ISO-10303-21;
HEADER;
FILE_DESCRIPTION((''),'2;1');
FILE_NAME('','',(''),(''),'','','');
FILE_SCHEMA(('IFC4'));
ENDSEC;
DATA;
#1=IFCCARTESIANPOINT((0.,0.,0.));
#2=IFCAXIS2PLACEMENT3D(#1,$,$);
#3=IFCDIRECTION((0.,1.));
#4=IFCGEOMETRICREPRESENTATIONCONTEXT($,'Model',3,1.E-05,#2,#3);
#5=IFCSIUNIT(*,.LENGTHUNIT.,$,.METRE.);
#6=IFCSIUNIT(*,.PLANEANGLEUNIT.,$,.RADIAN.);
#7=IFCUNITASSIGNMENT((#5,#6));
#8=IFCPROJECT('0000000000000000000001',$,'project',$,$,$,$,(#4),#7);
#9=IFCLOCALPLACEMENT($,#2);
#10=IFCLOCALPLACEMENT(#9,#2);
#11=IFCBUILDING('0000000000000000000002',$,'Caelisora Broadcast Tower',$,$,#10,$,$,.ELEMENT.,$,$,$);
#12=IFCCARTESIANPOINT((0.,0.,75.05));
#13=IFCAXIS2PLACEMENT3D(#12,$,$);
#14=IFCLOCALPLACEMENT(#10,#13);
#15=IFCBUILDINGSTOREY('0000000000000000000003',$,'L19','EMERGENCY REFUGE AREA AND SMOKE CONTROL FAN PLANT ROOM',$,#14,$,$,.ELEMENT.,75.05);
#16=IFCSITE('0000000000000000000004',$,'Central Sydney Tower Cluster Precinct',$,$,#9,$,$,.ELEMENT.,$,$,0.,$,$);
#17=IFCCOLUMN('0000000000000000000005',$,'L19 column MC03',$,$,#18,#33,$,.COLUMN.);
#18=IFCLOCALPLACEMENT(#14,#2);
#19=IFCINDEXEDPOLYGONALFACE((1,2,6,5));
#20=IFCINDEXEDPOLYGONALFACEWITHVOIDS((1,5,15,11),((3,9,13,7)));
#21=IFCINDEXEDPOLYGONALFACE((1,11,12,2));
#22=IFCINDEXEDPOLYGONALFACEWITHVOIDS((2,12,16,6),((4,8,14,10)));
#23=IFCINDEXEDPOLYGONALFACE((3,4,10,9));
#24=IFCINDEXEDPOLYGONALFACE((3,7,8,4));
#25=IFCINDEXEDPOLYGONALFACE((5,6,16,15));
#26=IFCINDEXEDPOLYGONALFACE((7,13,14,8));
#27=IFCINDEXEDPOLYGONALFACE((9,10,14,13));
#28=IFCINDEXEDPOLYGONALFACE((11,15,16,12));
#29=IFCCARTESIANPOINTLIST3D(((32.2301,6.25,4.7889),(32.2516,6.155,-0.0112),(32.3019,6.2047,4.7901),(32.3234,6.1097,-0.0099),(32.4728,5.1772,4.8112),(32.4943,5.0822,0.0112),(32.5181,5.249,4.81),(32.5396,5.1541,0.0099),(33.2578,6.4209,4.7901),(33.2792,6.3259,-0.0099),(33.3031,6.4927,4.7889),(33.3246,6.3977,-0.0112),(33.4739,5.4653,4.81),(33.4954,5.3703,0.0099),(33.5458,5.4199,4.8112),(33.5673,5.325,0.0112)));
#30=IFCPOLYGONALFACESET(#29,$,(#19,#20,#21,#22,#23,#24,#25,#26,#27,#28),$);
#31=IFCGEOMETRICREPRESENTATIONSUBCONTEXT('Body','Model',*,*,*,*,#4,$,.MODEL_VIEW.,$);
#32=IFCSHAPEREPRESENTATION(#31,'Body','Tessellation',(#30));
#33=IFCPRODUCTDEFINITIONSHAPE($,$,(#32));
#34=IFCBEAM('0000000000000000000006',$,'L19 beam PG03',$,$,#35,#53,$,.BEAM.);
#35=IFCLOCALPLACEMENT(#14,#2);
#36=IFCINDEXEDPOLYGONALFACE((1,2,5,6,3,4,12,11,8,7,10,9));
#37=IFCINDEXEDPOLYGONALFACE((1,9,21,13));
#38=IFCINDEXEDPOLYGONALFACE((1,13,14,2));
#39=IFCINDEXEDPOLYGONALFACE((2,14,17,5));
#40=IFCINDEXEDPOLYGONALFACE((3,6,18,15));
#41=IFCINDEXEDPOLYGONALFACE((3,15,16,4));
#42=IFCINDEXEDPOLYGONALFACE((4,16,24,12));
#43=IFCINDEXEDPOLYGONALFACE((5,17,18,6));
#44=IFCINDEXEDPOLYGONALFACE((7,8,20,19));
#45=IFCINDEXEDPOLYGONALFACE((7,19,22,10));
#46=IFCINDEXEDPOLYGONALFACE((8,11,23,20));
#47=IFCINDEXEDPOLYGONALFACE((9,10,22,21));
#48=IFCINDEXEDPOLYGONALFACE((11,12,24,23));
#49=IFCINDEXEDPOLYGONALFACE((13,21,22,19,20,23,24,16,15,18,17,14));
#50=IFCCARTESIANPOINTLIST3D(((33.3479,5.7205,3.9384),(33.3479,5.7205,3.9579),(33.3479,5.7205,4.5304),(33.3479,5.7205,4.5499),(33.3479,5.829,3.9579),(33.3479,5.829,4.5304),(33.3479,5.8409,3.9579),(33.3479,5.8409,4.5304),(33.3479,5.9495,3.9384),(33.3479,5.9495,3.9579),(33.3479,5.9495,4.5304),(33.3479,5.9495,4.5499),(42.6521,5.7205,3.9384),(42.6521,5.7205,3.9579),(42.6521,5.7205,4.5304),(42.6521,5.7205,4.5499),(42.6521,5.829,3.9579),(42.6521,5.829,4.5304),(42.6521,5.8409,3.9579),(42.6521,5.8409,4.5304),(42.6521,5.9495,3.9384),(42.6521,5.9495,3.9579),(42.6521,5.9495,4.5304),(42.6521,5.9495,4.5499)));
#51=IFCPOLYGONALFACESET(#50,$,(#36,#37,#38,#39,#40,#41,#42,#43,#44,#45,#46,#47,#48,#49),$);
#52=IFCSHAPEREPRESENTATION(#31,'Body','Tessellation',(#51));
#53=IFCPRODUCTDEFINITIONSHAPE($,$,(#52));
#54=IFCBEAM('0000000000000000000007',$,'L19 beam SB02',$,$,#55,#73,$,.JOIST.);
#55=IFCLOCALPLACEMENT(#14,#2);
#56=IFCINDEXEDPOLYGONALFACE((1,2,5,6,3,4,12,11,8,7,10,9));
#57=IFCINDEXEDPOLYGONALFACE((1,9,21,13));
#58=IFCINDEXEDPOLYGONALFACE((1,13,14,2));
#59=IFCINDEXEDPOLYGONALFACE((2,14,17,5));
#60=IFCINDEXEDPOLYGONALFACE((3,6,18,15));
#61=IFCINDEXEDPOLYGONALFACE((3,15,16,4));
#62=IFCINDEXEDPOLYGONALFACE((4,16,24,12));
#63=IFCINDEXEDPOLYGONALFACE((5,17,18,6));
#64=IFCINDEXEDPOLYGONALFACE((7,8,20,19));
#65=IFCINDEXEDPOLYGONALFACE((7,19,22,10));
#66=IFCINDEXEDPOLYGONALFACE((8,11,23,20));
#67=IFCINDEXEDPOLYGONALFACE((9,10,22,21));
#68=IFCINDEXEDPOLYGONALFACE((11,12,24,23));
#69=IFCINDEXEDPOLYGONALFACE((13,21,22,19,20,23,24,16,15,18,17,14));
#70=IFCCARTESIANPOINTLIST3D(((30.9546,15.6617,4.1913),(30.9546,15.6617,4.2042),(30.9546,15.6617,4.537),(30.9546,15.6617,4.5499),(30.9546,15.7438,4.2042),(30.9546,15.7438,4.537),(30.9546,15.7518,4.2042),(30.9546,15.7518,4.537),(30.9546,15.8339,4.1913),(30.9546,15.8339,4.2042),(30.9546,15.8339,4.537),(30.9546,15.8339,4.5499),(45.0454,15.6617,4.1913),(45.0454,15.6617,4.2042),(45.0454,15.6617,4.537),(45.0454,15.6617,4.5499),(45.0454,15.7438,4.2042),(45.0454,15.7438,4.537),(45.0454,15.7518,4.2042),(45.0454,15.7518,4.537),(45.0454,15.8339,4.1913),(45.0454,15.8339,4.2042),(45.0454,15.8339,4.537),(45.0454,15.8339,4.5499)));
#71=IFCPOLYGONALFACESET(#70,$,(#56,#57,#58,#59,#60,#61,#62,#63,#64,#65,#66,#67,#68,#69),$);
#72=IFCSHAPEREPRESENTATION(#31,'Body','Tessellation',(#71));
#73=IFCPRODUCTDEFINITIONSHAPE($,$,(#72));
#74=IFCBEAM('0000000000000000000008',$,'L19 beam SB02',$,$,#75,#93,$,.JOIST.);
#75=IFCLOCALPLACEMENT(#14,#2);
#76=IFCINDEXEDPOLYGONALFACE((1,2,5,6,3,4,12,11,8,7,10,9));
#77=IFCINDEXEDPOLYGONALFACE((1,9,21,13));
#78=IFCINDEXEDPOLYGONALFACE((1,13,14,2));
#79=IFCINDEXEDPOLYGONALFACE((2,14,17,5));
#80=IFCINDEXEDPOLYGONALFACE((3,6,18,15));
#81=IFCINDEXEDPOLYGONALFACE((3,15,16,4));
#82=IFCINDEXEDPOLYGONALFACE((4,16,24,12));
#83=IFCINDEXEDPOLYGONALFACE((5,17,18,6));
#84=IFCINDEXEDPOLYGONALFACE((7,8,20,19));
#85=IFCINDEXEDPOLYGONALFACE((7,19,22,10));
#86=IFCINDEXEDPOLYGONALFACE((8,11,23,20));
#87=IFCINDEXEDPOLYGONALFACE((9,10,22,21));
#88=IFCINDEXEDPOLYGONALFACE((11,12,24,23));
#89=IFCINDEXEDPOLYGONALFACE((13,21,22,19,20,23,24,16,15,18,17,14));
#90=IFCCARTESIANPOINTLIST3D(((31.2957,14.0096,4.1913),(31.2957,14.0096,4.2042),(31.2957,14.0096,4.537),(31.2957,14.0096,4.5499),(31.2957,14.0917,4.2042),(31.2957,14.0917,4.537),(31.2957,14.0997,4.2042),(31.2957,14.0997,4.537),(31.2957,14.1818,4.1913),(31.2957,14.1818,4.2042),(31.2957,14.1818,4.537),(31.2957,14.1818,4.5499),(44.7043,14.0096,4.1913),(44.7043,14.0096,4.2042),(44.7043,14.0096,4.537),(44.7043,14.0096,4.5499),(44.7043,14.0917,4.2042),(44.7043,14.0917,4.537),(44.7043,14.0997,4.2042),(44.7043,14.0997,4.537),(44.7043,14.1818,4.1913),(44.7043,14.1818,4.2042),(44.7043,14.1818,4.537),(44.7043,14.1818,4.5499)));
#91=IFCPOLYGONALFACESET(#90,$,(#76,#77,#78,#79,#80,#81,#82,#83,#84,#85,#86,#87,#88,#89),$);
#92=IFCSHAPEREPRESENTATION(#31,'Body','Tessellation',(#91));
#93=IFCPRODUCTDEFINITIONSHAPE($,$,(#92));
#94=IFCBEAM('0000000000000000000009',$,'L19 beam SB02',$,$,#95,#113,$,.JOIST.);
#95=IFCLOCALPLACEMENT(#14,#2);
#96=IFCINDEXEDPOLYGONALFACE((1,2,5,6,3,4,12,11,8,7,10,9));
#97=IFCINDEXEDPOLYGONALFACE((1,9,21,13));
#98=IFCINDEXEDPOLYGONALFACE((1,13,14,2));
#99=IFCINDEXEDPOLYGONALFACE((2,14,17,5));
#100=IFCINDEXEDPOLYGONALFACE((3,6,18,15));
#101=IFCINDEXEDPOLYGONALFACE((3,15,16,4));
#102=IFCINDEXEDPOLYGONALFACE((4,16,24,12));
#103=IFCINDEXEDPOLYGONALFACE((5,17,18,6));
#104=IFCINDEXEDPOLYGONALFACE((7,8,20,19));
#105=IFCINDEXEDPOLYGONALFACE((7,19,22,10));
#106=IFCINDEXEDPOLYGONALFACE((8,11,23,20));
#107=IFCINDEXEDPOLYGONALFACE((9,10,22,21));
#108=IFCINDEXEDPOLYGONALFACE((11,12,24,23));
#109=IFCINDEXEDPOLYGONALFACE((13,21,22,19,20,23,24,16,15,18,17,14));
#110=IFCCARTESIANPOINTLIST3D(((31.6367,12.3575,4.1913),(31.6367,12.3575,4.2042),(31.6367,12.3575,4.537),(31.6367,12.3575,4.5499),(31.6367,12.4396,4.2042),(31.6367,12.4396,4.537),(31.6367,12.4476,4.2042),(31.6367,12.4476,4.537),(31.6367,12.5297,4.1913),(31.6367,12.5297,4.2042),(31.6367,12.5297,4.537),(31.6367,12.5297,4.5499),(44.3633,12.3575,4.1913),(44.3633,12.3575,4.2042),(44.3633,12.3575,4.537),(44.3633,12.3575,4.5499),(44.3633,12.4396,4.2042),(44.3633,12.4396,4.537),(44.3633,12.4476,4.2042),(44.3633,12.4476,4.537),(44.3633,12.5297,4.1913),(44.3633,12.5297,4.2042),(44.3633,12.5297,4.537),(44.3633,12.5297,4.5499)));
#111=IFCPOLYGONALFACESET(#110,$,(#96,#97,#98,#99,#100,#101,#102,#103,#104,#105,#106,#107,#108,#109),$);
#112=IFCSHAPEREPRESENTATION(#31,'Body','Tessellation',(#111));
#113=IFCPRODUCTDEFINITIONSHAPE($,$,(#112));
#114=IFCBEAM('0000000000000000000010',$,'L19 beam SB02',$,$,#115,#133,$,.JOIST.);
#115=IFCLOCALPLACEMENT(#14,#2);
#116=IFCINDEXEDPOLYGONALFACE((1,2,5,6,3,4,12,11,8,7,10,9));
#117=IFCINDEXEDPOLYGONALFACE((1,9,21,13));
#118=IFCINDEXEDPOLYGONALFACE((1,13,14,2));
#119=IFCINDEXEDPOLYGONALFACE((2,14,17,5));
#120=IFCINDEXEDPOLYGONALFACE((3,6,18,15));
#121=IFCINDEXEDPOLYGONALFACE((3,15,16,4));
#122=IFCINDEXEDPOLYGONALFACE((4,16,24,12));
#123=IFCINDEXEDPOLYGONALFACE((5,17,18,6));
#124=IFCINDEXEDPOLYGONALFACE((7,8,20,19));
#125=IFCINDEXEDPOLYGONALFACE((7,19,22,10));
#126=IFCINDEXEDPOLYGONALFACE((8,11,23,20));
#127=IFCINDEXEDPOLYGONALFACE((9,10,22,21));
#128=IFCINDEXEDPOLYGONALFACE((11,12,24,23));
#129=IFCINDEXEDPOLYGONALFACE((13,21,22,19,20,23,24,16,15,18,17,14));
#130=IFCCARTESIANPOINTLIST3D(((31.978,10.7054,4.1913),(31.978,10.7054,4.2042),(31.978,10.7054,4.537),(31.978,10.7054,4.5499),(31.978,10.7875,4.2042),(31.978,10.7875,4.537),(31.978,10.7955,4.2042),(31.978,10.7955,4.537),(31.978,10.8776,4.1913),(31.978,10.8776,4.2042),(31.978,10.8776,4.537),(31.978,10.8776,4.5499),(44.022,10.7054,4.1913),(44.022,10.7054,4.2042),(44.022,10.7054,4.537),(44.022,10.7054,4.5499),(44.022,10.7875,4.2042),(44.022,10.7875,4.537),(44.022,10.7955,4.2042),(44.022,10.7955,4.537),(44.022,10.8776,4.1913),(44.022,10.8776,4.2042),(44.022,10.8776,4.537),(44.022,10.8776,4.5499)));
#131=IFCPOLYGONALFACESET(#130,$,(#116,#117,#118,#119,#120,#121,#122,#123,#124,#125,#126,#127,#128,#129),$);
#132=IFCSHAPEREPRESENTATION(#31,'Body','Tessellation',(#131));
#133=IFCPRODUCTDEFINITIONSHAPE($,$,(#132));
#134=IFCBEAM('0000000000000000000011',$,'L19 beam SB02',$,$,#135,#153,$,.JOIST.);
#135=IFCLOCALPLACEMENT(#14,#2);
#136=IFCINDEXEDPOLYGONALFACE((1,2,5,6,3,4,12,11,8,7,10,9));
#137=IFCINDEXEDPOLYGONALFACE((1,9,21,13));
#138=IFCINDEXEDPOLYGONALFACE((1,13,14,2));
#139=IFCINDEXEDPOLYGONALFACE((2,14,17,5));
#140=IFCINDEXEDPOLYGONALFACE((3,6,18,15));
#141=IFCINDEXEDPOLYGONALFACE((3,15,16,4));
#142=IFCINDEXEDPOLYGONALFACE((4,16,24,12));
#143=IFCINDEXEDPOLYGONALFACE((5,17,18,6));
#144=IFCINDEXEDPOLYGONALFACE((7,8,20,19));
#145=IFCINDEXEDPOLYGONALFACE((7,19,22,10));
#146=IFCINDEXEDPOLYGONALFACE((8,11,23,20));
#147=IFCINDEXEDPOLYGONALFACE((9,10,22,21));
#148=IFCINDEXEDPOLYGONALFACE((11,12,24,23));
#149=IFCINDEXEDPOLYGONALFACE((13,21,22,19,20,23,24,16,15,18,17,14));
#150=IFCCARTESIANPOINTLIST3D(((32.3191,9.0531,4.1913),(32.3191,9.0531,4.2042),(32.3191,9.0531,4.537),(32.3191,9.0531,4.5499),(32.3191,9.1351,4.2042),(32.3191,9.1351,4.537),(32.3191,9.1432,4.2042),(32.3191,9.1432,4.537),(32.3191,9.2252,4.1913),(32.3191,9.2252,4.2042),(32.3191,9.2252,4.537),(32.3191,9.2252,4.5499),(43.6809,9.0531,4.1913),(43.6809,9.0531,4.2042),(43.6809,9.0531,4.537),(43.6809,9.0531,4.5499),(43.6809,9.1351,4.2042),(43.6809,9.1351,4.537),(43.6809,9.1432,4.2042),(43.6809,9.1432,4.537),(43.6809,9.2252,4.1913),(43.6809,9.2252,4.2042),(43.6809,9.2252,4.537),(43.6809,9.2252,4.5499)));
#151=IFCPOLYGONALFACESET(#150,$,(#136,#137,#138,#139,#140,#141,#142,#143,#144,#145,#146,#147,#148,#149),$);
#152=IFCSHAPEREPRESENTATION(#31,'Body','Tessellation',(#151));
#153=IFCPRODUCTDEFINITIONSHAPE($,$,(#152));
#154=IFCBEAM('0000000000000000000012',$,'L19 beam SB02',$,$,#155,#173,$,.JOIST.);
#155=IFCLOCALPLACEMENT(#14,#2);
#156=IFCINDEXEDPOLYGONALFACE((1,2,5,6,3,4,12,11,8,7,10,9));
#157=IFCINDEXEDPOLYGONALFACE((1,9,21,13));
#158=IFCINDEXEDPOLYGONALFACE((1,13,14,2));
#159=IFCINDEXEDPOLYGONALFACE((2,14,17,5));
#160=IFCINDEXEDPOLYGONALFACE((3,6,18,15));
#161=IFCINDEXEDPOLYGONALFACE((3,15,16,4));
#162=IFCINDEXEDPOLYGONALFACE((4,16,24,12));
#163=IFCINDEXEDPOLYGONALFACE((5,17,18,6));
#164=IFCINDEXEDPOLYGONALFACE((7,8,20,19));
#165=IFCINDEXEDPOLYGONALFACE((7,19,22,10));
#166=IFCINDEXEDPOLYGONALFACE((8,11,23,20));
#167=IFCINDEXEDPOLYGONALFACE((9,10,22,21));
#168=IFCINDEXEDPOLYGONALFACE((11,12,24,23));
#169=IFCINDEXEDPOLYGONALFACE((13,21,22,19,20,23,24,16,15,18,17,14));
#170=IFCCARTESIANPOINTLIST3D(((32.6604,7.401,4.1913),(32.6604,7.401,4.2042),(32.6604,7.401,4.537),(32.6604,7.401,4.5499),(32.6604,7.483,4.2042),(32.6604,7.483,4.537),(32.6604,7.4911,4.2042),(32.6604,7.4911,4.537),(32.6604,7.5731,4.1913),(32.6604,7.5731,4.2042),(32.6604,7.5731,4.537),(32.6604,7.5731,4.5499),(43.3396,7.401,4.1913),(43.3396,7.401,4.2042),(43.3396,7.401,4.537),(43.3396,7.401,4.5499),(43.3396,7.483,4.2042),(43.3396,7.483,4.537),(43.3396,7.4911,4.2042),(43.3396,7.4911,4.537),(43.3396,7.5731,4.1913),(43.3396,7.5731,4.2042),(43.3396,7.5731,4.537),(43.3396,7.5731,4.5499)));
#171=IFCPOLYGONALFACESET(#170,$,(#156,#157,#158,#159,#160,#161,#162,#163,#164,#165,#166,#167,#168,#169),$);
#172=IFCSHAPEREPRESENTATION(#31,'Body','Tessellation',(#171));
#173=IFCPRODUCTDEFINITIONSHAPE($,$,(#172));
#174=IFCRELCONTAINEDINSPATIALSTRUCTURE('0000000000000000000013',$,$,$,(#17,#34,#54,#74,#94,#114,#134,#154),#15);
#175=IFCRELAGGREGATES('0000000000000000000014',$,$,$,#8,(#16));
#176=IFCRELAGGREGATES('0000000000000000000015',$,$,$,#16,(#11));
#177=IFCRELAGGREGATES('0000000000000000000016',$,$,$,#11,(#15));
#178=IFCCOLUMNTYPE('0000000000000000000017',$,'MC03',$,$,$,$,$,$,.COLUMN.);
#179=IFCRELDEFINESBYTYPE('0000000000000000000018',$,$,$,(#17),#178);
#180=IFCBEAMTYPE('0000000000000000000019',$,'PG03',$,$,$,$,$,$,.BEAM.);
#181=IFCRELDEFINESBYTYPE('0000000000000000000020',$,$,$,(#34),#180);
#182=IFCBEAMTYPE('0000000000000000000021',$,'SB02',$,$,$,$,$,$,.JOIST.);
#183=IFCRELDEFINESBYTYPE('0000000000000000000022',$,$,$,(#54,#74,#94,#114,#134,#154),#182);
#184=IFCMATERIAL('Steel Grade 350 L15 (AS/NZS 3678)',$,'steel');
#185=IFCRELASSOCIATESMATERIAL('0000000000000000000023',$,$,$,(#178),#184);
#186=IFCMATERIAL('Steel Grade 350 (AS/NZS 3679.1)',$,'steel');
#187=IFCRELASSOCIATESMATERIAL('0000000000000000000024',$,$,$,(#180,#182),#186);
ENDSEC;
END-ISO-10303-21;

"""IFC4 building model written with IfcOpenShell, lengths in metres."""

from ifc_helpers import new_model, si_unit, direction, frame, origin, origin_2d, place, context, subcontext, project, spatial, hollow_rectangle, i_section, extrude, source, transform, mapped, material, material_profile, profile_set, type_object, type_shapes, element, save


model = new_model("IFC4")

# Units and contexts
model_context = context("Model", 3, precision=1e-05, world=origin(), true_north=direction((0.0, 1.0)))
body_context = subcontext(model_context, "Body", "Model", "MODEL_VIEW")
ifc_project = project(units=[si_unit("LENGTHUNIT", "METRE"), si_unit("PLANEANGLEUNIT", "RADIAN")], contexts=[model_context])

# Site, building, storey
site_placement = place(None, origin())
site = spatial("IfcSite", under=ifc_project, at=site_placement, Name="Central Sydney Tower Cluster Precinct", CompositionType="ELEMENT", RefElevation=0.0)
building_placement = place(site_placement, origin())
building = spatial("IfcBuilding", under=site, at=building_placement, Name="Caelisora Broadcast Tower", CompositionType="ELEMENT")
storey_placement = place(building_placement, frame((0.0, 0.0, 75.05)))
storey = spatial("IfcBuildingStorey", under=building, at=storey_placement, Name="L19", Description="EMERGENCY REFUGE AREA AND SMOKE CONTROL FAN PLANT ROOM", CompositionType="ELEMENT", Elevation=75.05)

# Column
ifc_material_1 = material(Name="Steel Grade 350 L15 (AS/NZS 3678)", Category="steel")
ifc_material_profile_1 = material_profile(ifc_material_1, hollow_rectangle(XDim=1.1001, YDim=1.1001, WallThickness=0.0601, at=origin_2d()), Name="Steel Grade 350 L15 (AS/NZS 3678)")
ifc_profile_set_1 = profile_set([ifc_material_profile_1], Name="Steel Grade 350 L15 (AS/NZS 3678)")
column_type = type_object("IfcColumnType", Name="MC03", PredefinedType="COLUMN", material=ifc_profile_set_1)
shared_shape_1 = source(origin(), body_context, "Body", "SweptSolid", [
    extrude(hollow_rectangle(XDim=1.1001, YDim=1.1001, WallThickness=0.0601, at=origin_2d()), origin(), (0.0, 0.0, 1.0), 4.801),
])
type_shapes(column_type, [shared_shape_1])
column_placement = place(storey_placement, frame((32.9094, 5.74, 0.0), z_axis=(-0.004475, 0.019781, 0.999794), x_axis=(-0.975354, -0.220646, 0.0)))
element("IfcColumn", 1, at=column_placement, inside=storey, type_object=column_type, Name="L19 column MC03", PredefinedType="COLUMN", context=body_context, shape_type="MappedRepresentation", body=[
    mapped(shared_shape_1, transform((0.0, 0.0, 0.0), scale=1.0)),
])

# Beams
ifc_material_2 = material(Name="Steel Grade 350 (AS/NZS 3679.1)", Category="steel")
ifc_material_profile_2 = material_profile(ifc_material_2, i_section(OverallWidth=0.229, OverallDepth=0.6116, WebThickness=0.012, FlangeThickness=0.0195, at=origin_2d()), Name="Steel Grade 350 (AS/NZS 3679.1)")
ifc_profile_set_2 = profile_set([ifc_material_profile_2], Name="Steel Grade 350 (AS/NZS 3679.1)")
beam_type_1 = type_object("IfcBeamType", Name="PG03", PredefinedType="BEAM", material=ifc_profile_set_2)
shared_shape_2 = source(origin(), body_context, "Body", "SweptSolid", [
    extrude(i_section(OverallWidth=0.229, OverallDepth=0.6116, WebThickness=0.012, FlangeThickness=0.0195, at=origin_2d()), origin(), (0.0, 0.0, 1.0), 9.3042),
])
type_shapes(beam_type_1, [shared_shape_2])
beam_1_placement = place(storey_placement, frame((33.3479, 5.835, 4.2441), z_axis=(1.0, 0.0, 0.0), x_axis=(0.0, 1.0, 0.0)))
element("IfcBeam", 2, at=beam_1_placement, inside=storey, type_object=beam_type_1, Name="L19 beam PG03", PredefinedType="BEAM", context=body_context, shape_type="MappedRepresentation", body=[
    mapped(shared_shape_2, transform((0.0, 0.0, 0.0), scale=1.0)),
])
ifc_material_profile_3 = material_profile(ifc_material_2, i_section(OverallWidth=0.1721, OverallDepth=0.3586, WebThickness=0.0081, FlangeThickness=0.0129, at=origin_2d()), Name="Steel Grade 350 (AS/NZS 3679.1)")
ifc_profile_set_3 = profile_set([ifc_material_profile_3], Name="Steel Grade 350 (AS/NZS 3679.1)")
beam_type_2 = type_object("IfcBeamType", Name="SB02", PredefinedType="JOIST", material=ifc_profile_set_3)
shared_shape_3 = source(origin(), body_context, "Body", "SweptSolid", [
    extrude(i_section(OverallWidth=0.1721, OverallDepth=0.3586, WebThickness=0.0081, FlangeThickness=0.0129, at=origin_2d()), origin(), (0.0, 0.0, 1.0), 14.0908),
])
beam_2_placement = place(storey_placement, frame((30.9546, 15.7478, 4.3706), z_axis=(1.0, 0.0, 0.0), x_axis=(0.0, 1.0, 0.0)))
element("IfcBeam", 3, at=beam_2_placement, inside=storey, type_object=beam_type_2, Name="L19 beam SB02", PredefinedType="JOIST", context=body_context, shape_type="MappedRepresentation", body=[
    mapped(shared_shape_3, transform((0.0, 0.0, 0.0), scale=1.0)),
])
shared_shape_4 = source(origin(), body_context, "Body", "SweptSolid", [
    extrude(i_section(OverallWidth=0.1721, OverallDepth=0.3586, WebThickness=0.0081, FlangeThickness=0.0129, at=origin_2d()), origin(), (0.0, 0.0, 1.0), 13.4087),
])
beam_3_placement = place(storey_placement, frame((31.2957, 14.0957, 4.3706), z_axis=(1.0, 0.0, 0.0), x_axis=(0.0, 1.0, 0.0)))
element("IfcBeam", 4, at=beam_3_placement, inside=storey, type_object=beam_type_2, Name="L19 beam SB02", PredefinedType="JOIST", context=body_context, shape_type="MappedRepresentation", body=[
    mapped(shared_shape_4, transform((0.0, 0.0, 0.0), scale=1.0)),
])
shared_shape_5 = source(origin(), body_context, "Body", "SweptSolid", [
    extrude(i_section(OverallWidth=0.1721, OverallDepth=0.3586, WebThickness=0.0081, FlangeThickness=0.0129, at=origin_2d()), origin(), (0.0, 0.0, 1.0), 12.7266),
])
beam_4_placement = place(storey_placement, frame((31.6367, 12.4436, 4.3706), z_axis=(1.0, 0.0, 0.0), x_axis=(0.0, 1.0, 0.0)))
element("IfcBeam", 5, at=beam_4_placement, inside=storey, type_object=beam_type_2, Name="L19 beam SB02", PredefinedType="JOIST", context=body_context, shape_type="MappedRepresentation", body=[
    mapped(shared_shape_5, transform((0.0, 0.0, 0.0), scale=1.0)),
])
shared_shape_6 = source(origin(), body_context, "Body", "SweptSolid", [
    extrude(i_section(OverallWidth=0.1721, OverallDepth=0.3586, WebThickness=0.0081, FlangeThickness=0.0129, at=origin_2d()), origin(), (0.0, 0.0, 1.0), 12.0439),
])
beam_5_placement = place(storey_placement, frame((31.978, 10.7915, 4.3706), z_axis=(1.0, 0.0, 0.0), x_axis=(0.0, 1.0, 0.0)))
element("IfcBeam", 6, at=beam_5_placement, inside=storey, type_object=beam_type_2, Name="L19 beam SB02", PredefinedType="JOIST", context=body_context, shape_type="MappedRepresentation", body=[
    mapped(shared_shape_6, transform((0.0, 0.0, 0.0), scale=1.0)),
])
shared_shape_7 = source(origin(), body_context, "Body", "SweptSolid", [
    extrude(i_section(OverallWidth=0.1721, OverallDepth=0.3586, WebThickness=0.0081, FlangeThickness=0.0129, at=origin_2d()), origin(), (0.0, 0.0, 1.0), 11.3618),
])
beam_6_placement = place(storey_placement, frame((32.3191, 9.1392, 4.3706), z_axis=(1.0, 0.0, 0.0), x_axis=(0.0, 1.0, 0.0)))
element("IfcBeam", 7, at=beam_6_placement, inside=storey, type_object=beam_type_2, Name="L19 beam SB02", PredefinedType="JOIST", context=body_context, shape_type="MappedRepresentation", body=[
    mapped(shared_shape_7, transform((0.0, 0.0, 0.0), scale=1.0)),
])
shared_shape_8 = source(origin(), body_context, "Body", "SweptSolid", [
    extrude(i_section(OverallWidth=0.1721, OverallDepth=0.3586, WebThickness=0.0081, FlangeThickness=0.0129, at=origin_2d()), origin(), (0.0, 0.0, 1.0), 10.6792),
])
type_shapes(beam_type_2, [shared_shape_3, shared_shape_4, shared_shape_5, shared_shape_6, shared_shape_7, shared_shape_8])
beam_7_placement = place(storey_placement, frame((32.6604, 7.4871, 4.3706), z_axis=(1.0, 0.0, 0.0), x_axis=(0.0, 1.0, 0.0)))
element("IfcBeam", 8, at=beam_7_placement, inside=storey, type_object=beam_type_2, Name="L19 beam SB02", PredefinedType="JOIST", context=body_context, shape_type="MappedRepresentation", body=[
    mapped(shared_shape_8, transform((0.0, 0.0, 0.0), scale=1.0)),
])

save(model, "model.ifc")
